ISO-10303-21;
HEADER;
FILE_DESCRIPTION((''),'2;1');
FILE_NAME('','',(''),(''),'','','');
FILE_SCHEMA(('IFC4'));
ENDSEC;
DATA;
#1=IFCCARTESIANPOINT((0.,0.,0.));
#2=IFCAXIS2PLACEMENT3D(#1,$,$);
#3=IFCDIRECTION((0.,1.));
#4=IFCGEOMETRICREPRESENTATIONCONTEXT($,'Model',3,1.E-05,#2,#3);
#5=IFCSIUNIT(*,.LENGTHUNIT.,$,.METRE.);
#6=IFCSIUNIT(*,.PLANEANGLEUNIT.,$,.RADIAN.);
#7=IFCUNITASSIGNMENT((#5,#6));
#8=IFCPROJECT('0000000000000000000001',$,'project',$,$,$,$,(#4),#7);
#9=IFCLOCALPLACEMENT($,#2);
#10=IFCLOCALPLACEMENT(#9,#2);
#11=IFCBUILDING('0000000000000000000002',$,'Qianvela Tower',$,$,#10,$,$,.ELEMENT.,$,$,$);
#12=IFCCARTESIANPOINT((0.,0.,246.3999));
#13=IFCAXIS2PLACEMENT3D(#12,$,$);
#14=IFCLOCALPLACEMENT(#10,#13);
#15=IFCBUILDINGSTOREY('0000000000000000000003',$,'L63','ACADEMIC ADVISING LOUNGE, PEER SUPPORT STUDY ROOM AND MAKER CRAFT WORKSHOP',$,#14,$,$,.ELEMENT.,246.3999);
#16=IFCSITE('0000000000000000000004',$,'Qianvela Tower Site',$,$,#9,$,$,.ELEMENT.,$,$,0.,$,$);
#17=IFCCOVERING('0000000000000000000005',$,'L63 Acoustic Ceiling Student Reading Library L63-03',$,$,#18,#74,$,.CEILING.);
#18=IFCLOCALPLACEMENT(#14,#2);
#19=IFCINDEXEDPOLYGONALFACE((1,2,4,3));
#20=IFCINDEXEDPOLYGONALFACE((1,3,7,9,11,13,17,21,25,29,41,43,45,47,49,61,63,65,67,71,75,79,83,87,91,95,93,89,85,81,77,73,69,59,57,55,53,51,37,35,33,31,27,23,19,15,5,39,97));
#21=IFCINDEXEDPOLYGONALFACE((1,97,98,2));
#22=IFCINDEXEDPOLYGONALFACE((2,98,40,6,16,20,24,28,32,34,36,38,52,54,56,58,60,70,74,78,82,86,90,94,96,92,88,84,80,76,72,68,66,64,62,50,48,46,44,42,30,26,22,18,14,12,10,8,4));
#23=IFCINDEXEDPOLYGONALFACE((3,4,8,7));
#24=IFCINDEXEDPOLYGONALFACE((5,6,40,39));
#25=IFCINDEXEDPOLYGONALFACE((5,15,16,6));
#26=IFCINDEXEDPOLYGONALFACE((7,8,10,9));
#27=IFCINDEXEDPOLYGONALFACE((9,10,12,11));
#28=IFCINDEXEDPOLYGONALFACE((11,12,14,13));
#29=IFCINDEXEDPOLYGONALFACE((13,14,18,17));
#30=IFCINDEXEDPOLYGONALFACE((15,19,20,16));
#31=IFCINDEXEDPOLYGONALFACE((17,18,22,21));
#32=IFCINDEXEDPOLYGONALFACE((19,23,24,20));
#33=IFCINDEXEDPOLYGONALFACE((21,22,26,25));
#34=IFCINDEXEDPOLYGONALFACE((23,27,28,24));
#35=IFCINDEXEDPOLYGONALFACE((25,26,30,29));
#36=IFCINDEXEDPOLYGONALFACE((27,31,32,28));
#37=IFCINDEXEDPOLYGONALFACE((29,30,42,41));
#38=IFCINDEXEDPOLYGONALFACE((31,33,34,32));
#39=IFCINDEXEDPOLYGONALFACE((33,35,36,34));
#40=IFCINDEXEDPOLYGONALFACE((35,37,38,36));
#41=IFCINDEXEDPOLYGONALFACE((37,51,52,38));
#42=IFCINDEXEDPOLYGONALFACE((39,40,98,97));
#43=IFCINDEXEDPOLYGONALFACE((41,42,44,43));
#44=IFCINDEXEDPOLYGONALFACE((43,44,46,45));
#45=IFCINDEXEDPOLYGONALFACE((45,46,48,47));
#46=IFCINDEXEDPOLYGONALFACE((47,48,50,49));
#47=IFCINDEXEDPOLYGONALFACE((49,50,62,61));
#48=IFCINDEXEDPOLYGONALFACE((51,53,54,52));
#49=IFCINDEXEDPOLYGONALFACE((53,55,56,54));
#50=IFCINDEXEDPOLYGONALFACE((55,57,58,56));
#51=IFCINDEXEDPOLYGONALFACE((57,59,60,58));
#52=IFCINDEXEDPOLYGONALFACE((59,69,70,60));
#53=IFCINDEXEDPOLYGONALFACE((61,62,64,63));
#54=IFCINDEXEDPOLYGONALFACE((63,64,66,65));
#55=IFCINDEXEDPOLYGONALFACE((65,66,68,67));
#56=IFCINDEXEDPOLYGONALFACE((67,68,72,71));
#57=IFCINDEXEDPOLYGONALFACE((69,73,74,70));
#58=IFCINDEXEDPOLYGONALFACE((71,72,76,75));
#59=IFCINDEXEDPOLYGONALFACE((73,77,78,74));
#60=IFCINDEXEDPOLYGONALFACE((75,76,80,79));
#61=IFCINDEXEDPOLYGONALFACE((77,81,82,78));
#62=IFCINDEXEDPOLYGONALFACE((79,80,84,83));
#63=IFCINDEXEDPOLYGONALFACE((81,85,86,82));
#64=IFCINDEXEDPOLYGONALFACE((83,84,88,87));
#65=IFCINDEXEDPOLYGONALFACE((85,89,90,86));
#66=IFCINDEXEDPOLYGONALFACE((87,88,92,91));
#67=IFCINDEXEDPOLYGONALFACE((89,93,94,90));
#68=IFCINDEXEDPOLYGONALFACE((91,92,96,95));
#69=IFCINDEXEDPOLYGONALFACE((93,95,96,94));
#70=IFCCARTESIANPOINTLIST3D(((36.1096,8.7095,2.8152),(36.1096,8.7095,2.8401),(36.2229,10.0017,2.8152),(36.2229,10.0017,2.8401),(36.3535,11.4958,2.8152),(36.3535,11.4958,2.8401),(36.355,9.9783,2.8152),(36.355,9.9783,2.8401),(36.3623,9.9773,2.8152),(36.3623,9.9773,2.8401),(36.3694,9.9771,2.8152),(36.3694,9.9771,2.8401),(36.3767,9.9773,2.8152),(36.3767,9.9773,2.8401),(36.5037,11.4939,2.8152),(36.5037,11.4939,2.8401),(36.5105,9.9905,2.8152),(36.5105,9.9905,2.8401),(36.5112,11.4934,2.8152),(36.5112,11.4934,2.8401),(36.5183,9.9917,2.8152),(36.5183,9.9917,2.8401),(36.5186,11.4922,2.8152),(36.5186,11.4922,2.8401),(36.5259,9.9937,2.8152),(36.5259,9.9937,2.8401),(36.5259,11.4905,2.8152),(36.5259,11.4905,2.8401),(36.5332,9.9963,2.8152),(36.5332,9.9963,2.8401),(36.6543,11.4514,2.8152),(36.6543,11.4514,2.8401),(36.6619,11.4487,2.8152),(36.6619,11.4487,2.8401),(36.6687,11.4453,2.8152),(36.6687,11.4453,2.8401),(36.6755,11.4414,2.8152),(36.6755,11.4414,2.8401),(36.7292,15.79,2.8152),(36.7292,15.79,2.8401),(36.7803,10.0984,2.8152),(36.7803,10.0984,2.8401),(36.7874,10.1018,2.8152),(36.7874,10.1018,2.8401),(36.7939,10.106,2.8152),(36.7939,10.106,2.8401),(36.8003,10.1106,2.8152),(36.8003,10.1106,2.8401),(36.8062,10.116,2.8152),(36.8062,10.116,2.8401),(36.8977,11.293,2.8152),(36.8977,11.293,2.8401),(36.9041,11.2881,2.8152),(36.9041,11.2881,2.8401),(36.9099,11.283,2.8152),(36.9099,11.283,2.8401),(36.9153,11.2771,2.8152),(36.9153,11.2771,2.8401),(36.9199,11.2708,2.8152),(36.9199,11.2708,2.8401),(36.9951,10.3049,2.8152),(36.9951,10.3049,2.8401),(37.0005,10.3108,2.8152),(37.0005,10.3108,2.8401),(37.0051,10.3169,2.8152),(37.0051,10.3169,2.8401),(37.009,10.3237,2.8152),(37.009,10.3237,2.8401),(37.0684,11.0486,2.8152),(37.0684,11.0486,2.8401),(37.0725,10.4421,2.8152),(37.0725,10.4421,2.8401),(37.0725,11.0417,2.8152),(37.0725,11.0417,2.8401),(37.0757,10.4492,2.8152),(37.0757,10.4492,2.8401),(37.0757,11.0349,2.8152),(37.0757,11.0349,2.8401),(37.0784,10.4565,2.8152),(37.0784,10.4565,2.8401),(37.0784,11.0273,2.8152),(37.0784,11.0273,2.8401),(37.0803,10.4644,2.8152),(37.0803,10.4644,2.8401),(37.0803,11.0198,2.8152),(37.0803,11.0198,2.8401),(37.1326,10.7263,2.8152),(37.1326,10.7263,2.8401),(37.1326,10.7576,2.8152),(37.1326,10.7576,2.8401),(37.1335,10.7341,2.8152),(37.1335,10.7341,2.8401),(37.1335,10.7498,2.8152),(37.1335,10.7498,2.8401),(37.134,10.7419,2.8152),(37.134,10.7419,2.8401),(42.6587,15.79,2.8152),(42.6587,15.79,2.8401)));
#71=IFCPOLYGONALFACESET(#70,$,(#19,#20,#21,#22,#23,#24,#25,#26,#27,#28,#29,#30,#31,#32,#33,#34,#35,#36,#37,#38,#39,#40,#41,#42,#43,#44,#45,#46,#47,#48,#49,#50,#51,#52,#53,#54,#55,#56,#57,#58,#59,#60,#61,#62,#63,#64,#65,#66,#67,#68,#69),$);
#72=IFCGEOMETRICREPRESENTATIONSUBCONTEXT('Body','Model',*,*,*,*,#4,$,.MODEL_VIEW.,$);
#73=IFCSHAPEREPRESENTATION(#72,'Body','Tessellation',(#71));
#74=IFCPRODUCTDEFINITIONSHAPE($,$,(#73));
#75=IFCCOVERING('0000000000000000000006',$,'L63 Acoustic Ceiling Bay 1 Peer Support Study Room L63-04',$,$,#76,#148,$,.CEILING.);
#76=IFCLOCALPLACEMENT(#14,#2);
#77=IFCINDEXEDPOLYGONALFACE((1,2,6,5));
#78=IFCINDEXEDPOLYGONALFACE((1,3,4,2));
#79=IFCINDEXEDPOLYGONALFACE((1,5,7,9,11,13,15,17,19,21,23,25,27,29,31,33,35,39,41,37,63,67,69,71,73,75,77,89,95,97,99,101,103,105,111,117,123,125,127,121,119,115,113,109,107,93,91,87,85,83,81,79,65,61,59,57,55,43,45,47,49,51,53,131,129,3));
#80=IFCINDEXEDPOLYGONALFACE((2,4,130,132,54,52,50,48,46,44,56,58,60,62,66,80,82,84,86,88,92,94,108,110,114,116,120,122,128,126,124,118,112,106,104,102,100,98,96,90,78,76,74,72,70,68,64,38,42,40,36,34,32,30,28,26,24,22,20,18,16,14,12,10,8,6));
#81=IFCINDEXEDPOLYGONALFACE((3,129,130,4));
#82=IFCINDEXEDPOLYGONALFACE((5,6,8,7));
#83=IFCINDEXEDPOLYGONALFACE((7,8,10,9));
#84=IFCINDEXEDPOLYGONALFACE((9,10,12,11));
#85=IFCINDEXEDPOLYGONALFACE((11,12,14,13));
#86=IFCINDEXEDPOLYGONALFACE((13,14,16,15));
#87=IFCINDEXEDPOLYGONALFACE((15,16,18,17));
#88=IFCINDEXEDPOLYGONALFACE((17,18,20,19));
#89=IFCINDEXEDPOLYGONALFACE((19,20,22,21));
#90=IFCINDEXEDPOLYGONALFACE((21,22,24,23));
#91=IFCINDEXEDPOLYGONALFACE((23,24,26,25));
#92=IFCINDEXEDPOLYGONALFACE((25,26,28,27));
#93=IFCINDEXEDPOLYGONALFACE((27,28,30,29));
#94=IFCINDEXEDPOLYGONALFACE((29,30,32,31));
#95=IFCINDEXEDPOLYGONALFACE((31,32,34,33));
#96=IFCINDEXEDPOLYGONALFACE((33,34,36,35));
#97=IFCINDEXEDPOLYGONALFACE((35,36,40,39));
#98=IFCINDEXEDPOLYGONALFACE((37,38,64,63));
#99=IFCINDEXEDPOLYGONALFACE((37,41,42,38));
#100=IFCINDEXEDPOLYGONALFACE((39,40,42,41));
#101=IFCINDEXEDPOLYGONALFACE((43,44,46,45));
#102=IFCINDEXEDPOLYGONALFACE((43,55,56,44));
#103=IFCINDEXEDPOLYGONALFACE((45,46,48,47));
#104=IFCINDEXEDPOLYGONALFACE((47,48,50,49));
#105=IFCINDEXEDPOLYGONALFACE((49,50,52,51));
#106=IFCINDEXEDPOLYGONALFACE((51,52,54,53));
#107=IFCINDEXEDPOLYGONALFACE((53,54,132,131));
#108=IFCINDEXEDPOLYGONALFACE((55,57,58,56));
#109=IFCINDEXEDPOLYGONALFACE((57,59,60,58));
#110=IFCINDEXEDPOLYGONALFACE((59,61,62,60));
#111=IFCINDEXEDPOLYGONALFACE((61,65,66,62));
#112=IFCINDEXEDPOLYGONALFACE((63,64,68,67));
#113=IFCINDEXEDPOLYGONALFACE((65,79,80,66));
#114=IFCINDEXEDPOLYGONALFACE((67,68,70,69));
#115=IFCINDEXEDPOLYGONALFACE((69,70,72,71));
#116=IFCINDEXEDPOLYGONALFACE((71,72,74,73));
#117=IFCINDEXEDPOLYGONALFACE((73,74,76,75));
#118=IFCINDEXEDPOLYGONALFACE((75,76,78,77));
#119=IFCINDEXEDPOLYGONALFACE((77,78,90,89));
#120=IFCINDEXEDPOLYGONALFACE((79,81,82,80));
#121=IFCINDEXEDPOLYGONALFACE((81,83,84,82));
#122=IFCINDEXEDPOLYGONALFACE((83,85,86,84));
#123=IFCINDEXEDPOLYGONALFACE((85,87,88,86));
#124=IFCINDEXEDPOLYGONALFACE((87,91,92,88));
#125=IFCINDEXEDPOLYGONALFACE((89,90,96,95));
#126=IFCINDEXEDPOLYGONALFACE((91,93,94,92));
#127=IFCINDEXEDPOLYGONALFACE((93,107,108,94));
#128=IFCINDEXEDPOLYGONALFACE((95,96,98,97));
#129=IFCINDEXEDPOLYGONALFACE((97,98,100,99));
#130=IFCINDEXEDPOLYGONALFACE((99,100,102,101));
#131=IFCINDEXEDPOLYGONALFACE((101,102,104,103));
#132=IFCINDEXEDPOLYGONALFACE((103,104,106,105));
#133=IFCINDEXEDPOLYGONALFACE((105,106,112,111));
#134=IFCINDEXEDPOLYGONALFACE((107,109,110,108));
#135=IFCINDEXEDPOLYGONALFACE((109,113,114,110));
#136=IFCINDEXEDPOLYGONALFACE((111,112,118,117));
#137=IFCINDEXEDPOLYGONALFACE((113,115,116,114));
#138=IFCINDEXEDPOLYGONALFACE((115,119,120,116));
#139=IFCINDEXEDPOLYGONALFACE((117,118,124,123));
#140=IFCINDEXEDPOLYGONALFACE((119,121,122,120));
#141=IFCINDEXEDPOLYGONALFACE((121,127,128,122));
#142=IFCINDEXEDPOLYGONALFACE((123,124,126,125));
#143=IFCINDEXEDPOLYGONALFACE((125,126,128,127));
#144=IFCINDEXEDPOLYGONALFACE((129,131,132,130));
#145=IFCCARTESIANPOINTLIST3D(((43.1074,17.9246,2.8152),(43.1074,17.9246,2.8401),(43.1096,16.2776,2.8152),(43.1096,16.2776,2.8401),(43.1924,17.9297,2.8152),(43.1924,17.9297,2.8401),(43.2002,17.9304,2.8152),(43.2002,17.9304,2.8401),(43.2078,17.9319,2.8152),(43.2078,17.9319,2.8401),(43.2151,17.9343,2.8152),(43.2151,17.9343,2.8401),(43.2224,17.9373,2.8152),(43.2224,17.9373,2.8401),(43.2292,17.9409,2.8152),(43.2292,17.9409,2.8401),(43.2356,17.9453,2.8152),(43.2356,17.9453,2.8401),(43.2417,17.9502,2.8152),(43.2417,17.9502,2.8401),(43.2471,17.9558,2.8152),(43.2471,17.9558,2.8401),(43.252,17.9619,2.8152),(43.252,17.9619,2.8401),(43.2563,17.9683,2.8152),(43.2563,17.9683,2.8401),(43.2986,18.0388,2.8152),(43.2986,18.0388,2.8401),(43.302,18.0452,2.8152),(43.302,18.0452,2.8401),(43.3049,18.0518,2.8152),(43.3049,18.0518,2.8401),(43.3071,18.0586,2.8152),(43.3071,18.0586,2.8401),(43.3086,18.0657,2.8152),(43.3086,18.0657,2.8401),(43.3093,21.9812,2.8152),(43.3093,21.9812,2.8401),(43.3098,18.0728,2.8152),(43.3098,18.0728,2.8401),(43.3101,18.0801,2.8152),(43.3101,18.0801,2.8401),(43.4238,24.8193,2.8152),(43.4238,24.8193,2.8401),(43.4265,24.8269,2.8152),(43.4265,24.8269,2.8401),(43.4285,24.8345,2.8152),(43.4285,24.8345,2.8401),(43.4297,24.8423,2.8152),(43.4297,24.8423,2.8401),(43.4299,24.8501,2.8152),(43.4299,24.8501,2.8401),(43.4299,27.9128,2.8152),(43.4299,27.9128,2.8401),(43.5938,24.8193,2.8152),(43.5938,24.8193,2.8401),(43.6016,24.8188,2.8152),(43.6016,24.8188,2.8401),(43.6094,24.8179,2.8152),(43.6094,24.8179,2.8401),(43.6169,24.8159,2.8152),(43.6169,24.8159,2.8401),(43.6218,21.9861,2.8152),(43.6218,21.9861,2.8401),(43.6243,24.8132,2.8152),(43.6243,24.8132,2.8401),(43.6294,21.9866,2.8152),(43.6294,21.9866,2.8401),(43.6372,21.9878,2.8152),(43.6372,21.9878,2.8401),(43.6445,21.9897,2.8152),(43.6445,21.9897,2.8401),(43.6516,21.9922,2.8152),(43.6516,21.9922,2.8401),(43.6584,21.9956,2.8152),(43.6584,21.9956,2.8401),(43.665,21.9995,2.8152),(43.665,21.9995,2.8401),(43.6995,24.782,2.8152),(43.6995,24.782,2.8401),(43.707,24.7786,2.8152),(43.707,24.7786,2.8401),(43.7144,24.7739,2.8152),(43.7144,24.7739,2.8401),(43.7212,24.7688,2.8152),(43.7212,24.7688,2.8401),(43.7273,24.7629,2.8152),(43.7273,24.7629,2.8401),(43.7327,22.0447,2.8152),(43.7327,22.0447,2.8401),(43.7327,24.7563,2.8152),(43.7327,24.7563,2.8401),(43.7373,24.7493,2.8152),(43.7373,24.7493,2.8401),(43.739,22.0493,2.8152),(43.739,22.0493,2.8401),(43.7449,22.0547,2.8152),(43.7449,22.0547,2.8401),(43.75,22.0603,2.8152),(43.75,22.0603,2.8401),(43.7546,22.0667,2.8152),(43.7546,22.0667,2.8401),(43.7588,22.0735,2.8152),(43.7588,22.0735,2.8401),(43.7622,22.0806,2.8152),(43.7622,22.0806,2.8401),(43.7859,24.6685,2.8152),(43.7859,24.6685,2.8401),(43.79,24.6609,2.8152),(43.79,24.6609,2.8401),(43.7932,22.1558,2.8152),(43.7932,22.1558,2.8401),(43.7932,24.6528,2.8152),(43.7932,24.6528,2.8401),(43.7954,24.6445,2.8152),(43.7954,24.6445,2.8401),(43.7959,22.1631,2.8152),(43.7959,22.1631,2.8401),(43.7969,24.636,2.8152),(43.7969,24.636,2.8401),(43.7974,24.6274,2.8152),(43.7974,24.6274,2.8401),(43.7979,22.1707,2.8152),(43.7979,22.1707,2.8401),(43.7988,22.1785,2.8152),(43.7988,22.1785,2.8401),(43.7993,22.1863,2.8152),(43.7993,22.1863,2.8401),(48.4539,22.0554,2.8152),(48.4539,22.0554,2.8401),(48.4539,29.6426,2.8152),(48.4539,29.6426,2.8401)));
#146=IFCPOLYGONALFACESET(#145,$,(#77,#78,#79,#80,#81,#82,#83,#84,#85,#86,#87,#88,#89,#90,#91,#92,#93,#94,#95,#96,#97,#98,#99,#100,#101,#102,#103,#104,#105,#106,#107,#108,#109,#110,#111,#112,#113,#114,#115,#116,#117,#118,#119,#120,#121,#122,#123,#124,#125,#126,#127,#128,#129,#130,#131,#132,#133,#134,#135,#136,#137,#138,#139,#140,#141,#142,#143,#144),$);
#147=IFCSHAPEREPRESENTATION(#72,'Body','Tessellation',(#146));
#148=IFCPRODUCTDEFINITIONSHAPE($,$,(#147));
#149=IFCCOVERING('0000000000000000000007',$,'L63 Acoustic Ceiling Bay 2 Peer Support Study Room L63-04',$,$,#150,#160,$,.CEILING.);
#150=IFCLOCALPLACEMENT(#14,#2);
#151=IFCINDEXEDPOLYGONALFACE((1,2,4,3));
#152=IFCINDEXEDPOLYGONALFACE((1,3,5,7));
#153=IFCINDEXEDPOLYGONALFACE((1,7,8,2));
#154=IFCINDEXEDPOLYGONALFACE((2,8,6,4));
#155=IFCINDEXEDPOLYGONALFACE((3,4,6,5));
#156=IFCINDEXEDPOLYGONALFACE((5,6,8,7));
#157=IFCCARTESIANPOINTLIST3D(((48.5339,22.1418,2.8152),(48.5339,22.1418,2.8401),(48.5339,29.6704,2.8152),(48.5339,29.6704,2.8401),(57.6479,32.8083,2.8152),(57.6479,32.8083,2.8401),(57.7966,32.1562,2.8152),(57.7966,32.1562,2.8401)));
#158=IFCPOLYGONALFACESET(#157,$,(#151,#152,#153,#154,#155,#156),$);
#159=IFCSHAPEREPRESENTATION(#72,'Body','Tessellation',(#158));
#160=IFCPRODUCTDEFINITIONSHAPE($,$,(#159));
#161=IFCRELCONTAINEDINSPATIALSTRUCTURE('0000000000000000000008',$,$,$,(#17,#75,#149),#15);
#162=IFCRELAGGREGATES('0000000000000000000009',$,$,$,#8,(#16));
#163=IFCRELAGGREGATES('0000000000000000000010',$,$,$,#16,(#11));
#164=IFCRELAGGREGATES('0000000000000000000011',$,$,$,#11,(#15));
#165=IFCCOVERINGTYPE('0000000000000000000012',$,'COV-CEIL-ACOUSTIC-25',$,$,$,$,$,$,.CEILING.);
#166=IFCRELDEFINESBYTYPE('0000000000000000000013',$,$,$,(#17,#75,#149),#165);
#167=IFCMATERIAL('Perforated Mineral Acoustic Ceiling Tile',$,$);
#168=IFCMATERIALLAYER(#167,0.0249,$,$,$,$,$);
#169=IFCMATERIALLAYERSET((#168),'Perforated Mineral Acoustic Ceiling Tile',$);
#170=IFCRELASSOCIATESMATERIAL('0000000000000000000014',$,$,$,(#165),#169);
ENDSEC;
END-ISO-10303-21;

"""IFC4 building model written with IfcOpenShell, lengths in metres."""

from ifc_helpers import new_model, si_unit, direction, frame, origin, place, context, subcontext, project, spatial, polyline, outline, extrude, material, layer, layer_set, type_object, element, save


model = new_model("IFC4")

# Units and contexts
model_context = context("Model", 3, precision=1e-05, world=origin(), true_north=direction((0.0, 1.0)))
body_context = subcontext(model_context, "Body", "Model", "MODEL_VIEW")
ifc_project = project(units=[si_unit("LENGTHUNIT", "METRE"), si_unit("PLANEANGLEUNIT", "RADIAN")], contexts=[model_context])

# Site, building, storey
site_placement = place(None, origin())
site = spatial("IfcSite", under=ifc_project, at=site_placement, Name="Qianvela Tower Site", CompositionType="ELEMENT", RefElevation=0.0)
building_placement = place(site_placement, origin())
building = spatial("IfcBuilding", under=site, at=building_placement, Name="Qianvela Tower", CompositionType="ELEMENT")
storey_placement = place(building_placement, frame((0.0, 0.0, 246.3999)))
storey = spatial("IfcBuildingStorey", under=building, at=storey_placement, Name="L63", Description="ACADEMIC ADVISING LOUNGE, PEER SUPPORT STUDY ROOM AND MAKER CRAFT WORKSHOP", CompositionType="ELEMENT", Elevation=246.3999)

# Coverings
ifc_material_1 = material(Name="Perforated Mineral Acoustic Ceiling Tile")
ifc_layer_1 = layer(ifc_material_1, 0.0249)
ifc_layer_set_1 = layer_set([ifc_layer_1], Name="Perforated Mineral Acoustic Ceiling Tile")
covering_type_1 = type_object("IfcCoveringType", Name="COV-CEIL-ACOUSTIC-25", PredefinedType="CEILING", material=ifc_layer_set_1)
covering_1_placement = place(storey_placement, frame((0.0, 0.0, 2.8152)))
element("IfcCovering", 1, at=covering_1_placement, inside=storey, type_object=covering_type_1, Name="L63 Acoustic Ceiling Student Reading Library L63-03", PredefinedType="CEILING", context=body_context, shape_type="SweptSolid", body=[
    extrude(outline(polyline([(36.2229, 10.0017), (36.355, 9.9783), (36.3623, 9.9773), (36.3694, 9.9771), (36.3767, 9.9773), (36.5105, 9.9905), (36.5183, 9.9917), (36.5259, 9.9937), (36.5332, 9.9963), (36.7803, 10.0984), (36.7874, 10.1018), (36.7939, 10.106), (36.8003, 10.1106), (36.8062, 10.116), (36.9951, 10.3049), (37.0005, 10.3108), (37.0051, 10.3169), (37.009, 10.3237), (37.0725, 10.4421), (37.0757, 10.4492), (37.0784, 10.4565), (37.0803, 10.4644), (37.1326, 10.7263), (37.1335, 10.7341), (37.134, 10.7419), (37.1335, 10.7498), (37.1326, 10.7576), (37.0803, 11.0198), (37.0784, 11.0273), (37.0757, 11.0349), (37.0725, 11.0417), (37.0684, 11.0486), (36.9199, 11.2708), (36.9153, 11.2771), (36.9099, 11.283), (36.9041, 11.2881), (36.8977, 11.293), (36.6755, 11.4414), (36.6687, 11.4453), (36.6619, 11.4487), (36.6543, 11.4514), (36.5259, 11.4905), (36.5186, 11.4922), (36.5112, 11.4934), (36.5037, 11.4939), (36.3535, 11.4958), (36.7292, 15.79), (42.6587, 15.79), (36.1096, 8.7095), (36.2229, 10.0017)])), origin(), (0.0, 0.0, 1.0), 0.0249),
])
covering_2_placement = place(storey_placement, frame((0.0, 0.0, 2.8152)))
element("IfcCovering", 2, at=covering_2_placement, inside=storey, type_object=covering_type_1, Name="L63 Acoustic Ceiling Bay 1 Peer Support Study Room L63-04", PredefinedType="CEILING", context=body_context, shape_type="SweptSolid", body=[
    extrude(outline(polyline([(43.1924, 17.9297), (43.2002, 17.9304), (43.2078, 17.9319), (43.2151, 17.9343), (43.2224, 17.9373), (43.2292, 17.9409), (43.2356, 17.9453), (43.2417, 17.9502), (43.2471, 17.9558), (43.252, 17.9619), (43.2563, 17.9683), (43.2986, 18.0388), (43.302, 18.0452), (43.3049, 18.0518), (43.3071, 18.0586), (43.3086, 18.0657), (43.3098, 18.0728), (43.3101, 18.0801), (43.3093, 21.9812), (43.6218, 21.9861), (43.6294, 21.9866), (43.6372, 21.9878), (43.6445, 21.9897), (43.6516, 21.9922), (43.6584, 21.9956), (43.665, 21.9995), (43.7327, 22.0447), (43.739, 22.0493), (43.7449, 22.0547), (43.75, 22.0603), (43.7546, 22.0667), (43.7588, 22.0735), (43.7622, 22.0806), (43.7932, 22.1558), (43.7959, 22.1631), (43.7979, 22.1707), (43.7988, 22.1785), (43.7993, 22.1863), (43.7974, 24.6274), (43.7969, 24.636), (43.7954, 24.6445), (43.7932, 24.6528), (43.79, 24.6609), (43.7859, 24.6685), (43.7373, 24.7493), (43.7327, 24.7563), (43.7273, 24.7629), (43.7212, 24.7688), (43.7144, 24.7739), (43.707, 24.7786), (43.6995, 24.782), (43.6243, 24.8132), (43.6169, 24.8159), (43.6094, 24.8179), (43.6016, 24.8188), (43.5938, 24.8193), (43.4238, 24.8193), (43.4238, 24.8193), (43.4265, 24.8269), (43.4285, 24.8345), (43.4297, 24.8423), (43.4299, 24.8501), (43.4299, 27.9128), (48.4539, 29.6426), (48.4539, 22.0554), (43.1096, 16.2776), (43.1074, 17.9246), (43.1924, 17.9297)])), origin(), (0.0, 0.0, 1.0), 0.0249),
])
covering_3_placement = place(storey_placement, frame((0.0, 0.0, 2.8152)))
element("IfcCovering", 3, at=covering_3_placement, inside=storey, type_object=covering_type_1, Name="L63 Acoustic Ceiling Bay 2 Peer Support Study Room L63-04", PredefinedType="CEILING", context=body_context, shape_type="SweptSolid", body=[
    extrude(outline(polyline([(57.6479, 32.8083), (57.7966, 32.1562), (48.5339, 22.1418), (48.5339, 29.6704), (57.6479, 32.8083)])), origin(), (0.0, 0.0, 1.0), 0.0249),
])

save(model, "model.ifc")
